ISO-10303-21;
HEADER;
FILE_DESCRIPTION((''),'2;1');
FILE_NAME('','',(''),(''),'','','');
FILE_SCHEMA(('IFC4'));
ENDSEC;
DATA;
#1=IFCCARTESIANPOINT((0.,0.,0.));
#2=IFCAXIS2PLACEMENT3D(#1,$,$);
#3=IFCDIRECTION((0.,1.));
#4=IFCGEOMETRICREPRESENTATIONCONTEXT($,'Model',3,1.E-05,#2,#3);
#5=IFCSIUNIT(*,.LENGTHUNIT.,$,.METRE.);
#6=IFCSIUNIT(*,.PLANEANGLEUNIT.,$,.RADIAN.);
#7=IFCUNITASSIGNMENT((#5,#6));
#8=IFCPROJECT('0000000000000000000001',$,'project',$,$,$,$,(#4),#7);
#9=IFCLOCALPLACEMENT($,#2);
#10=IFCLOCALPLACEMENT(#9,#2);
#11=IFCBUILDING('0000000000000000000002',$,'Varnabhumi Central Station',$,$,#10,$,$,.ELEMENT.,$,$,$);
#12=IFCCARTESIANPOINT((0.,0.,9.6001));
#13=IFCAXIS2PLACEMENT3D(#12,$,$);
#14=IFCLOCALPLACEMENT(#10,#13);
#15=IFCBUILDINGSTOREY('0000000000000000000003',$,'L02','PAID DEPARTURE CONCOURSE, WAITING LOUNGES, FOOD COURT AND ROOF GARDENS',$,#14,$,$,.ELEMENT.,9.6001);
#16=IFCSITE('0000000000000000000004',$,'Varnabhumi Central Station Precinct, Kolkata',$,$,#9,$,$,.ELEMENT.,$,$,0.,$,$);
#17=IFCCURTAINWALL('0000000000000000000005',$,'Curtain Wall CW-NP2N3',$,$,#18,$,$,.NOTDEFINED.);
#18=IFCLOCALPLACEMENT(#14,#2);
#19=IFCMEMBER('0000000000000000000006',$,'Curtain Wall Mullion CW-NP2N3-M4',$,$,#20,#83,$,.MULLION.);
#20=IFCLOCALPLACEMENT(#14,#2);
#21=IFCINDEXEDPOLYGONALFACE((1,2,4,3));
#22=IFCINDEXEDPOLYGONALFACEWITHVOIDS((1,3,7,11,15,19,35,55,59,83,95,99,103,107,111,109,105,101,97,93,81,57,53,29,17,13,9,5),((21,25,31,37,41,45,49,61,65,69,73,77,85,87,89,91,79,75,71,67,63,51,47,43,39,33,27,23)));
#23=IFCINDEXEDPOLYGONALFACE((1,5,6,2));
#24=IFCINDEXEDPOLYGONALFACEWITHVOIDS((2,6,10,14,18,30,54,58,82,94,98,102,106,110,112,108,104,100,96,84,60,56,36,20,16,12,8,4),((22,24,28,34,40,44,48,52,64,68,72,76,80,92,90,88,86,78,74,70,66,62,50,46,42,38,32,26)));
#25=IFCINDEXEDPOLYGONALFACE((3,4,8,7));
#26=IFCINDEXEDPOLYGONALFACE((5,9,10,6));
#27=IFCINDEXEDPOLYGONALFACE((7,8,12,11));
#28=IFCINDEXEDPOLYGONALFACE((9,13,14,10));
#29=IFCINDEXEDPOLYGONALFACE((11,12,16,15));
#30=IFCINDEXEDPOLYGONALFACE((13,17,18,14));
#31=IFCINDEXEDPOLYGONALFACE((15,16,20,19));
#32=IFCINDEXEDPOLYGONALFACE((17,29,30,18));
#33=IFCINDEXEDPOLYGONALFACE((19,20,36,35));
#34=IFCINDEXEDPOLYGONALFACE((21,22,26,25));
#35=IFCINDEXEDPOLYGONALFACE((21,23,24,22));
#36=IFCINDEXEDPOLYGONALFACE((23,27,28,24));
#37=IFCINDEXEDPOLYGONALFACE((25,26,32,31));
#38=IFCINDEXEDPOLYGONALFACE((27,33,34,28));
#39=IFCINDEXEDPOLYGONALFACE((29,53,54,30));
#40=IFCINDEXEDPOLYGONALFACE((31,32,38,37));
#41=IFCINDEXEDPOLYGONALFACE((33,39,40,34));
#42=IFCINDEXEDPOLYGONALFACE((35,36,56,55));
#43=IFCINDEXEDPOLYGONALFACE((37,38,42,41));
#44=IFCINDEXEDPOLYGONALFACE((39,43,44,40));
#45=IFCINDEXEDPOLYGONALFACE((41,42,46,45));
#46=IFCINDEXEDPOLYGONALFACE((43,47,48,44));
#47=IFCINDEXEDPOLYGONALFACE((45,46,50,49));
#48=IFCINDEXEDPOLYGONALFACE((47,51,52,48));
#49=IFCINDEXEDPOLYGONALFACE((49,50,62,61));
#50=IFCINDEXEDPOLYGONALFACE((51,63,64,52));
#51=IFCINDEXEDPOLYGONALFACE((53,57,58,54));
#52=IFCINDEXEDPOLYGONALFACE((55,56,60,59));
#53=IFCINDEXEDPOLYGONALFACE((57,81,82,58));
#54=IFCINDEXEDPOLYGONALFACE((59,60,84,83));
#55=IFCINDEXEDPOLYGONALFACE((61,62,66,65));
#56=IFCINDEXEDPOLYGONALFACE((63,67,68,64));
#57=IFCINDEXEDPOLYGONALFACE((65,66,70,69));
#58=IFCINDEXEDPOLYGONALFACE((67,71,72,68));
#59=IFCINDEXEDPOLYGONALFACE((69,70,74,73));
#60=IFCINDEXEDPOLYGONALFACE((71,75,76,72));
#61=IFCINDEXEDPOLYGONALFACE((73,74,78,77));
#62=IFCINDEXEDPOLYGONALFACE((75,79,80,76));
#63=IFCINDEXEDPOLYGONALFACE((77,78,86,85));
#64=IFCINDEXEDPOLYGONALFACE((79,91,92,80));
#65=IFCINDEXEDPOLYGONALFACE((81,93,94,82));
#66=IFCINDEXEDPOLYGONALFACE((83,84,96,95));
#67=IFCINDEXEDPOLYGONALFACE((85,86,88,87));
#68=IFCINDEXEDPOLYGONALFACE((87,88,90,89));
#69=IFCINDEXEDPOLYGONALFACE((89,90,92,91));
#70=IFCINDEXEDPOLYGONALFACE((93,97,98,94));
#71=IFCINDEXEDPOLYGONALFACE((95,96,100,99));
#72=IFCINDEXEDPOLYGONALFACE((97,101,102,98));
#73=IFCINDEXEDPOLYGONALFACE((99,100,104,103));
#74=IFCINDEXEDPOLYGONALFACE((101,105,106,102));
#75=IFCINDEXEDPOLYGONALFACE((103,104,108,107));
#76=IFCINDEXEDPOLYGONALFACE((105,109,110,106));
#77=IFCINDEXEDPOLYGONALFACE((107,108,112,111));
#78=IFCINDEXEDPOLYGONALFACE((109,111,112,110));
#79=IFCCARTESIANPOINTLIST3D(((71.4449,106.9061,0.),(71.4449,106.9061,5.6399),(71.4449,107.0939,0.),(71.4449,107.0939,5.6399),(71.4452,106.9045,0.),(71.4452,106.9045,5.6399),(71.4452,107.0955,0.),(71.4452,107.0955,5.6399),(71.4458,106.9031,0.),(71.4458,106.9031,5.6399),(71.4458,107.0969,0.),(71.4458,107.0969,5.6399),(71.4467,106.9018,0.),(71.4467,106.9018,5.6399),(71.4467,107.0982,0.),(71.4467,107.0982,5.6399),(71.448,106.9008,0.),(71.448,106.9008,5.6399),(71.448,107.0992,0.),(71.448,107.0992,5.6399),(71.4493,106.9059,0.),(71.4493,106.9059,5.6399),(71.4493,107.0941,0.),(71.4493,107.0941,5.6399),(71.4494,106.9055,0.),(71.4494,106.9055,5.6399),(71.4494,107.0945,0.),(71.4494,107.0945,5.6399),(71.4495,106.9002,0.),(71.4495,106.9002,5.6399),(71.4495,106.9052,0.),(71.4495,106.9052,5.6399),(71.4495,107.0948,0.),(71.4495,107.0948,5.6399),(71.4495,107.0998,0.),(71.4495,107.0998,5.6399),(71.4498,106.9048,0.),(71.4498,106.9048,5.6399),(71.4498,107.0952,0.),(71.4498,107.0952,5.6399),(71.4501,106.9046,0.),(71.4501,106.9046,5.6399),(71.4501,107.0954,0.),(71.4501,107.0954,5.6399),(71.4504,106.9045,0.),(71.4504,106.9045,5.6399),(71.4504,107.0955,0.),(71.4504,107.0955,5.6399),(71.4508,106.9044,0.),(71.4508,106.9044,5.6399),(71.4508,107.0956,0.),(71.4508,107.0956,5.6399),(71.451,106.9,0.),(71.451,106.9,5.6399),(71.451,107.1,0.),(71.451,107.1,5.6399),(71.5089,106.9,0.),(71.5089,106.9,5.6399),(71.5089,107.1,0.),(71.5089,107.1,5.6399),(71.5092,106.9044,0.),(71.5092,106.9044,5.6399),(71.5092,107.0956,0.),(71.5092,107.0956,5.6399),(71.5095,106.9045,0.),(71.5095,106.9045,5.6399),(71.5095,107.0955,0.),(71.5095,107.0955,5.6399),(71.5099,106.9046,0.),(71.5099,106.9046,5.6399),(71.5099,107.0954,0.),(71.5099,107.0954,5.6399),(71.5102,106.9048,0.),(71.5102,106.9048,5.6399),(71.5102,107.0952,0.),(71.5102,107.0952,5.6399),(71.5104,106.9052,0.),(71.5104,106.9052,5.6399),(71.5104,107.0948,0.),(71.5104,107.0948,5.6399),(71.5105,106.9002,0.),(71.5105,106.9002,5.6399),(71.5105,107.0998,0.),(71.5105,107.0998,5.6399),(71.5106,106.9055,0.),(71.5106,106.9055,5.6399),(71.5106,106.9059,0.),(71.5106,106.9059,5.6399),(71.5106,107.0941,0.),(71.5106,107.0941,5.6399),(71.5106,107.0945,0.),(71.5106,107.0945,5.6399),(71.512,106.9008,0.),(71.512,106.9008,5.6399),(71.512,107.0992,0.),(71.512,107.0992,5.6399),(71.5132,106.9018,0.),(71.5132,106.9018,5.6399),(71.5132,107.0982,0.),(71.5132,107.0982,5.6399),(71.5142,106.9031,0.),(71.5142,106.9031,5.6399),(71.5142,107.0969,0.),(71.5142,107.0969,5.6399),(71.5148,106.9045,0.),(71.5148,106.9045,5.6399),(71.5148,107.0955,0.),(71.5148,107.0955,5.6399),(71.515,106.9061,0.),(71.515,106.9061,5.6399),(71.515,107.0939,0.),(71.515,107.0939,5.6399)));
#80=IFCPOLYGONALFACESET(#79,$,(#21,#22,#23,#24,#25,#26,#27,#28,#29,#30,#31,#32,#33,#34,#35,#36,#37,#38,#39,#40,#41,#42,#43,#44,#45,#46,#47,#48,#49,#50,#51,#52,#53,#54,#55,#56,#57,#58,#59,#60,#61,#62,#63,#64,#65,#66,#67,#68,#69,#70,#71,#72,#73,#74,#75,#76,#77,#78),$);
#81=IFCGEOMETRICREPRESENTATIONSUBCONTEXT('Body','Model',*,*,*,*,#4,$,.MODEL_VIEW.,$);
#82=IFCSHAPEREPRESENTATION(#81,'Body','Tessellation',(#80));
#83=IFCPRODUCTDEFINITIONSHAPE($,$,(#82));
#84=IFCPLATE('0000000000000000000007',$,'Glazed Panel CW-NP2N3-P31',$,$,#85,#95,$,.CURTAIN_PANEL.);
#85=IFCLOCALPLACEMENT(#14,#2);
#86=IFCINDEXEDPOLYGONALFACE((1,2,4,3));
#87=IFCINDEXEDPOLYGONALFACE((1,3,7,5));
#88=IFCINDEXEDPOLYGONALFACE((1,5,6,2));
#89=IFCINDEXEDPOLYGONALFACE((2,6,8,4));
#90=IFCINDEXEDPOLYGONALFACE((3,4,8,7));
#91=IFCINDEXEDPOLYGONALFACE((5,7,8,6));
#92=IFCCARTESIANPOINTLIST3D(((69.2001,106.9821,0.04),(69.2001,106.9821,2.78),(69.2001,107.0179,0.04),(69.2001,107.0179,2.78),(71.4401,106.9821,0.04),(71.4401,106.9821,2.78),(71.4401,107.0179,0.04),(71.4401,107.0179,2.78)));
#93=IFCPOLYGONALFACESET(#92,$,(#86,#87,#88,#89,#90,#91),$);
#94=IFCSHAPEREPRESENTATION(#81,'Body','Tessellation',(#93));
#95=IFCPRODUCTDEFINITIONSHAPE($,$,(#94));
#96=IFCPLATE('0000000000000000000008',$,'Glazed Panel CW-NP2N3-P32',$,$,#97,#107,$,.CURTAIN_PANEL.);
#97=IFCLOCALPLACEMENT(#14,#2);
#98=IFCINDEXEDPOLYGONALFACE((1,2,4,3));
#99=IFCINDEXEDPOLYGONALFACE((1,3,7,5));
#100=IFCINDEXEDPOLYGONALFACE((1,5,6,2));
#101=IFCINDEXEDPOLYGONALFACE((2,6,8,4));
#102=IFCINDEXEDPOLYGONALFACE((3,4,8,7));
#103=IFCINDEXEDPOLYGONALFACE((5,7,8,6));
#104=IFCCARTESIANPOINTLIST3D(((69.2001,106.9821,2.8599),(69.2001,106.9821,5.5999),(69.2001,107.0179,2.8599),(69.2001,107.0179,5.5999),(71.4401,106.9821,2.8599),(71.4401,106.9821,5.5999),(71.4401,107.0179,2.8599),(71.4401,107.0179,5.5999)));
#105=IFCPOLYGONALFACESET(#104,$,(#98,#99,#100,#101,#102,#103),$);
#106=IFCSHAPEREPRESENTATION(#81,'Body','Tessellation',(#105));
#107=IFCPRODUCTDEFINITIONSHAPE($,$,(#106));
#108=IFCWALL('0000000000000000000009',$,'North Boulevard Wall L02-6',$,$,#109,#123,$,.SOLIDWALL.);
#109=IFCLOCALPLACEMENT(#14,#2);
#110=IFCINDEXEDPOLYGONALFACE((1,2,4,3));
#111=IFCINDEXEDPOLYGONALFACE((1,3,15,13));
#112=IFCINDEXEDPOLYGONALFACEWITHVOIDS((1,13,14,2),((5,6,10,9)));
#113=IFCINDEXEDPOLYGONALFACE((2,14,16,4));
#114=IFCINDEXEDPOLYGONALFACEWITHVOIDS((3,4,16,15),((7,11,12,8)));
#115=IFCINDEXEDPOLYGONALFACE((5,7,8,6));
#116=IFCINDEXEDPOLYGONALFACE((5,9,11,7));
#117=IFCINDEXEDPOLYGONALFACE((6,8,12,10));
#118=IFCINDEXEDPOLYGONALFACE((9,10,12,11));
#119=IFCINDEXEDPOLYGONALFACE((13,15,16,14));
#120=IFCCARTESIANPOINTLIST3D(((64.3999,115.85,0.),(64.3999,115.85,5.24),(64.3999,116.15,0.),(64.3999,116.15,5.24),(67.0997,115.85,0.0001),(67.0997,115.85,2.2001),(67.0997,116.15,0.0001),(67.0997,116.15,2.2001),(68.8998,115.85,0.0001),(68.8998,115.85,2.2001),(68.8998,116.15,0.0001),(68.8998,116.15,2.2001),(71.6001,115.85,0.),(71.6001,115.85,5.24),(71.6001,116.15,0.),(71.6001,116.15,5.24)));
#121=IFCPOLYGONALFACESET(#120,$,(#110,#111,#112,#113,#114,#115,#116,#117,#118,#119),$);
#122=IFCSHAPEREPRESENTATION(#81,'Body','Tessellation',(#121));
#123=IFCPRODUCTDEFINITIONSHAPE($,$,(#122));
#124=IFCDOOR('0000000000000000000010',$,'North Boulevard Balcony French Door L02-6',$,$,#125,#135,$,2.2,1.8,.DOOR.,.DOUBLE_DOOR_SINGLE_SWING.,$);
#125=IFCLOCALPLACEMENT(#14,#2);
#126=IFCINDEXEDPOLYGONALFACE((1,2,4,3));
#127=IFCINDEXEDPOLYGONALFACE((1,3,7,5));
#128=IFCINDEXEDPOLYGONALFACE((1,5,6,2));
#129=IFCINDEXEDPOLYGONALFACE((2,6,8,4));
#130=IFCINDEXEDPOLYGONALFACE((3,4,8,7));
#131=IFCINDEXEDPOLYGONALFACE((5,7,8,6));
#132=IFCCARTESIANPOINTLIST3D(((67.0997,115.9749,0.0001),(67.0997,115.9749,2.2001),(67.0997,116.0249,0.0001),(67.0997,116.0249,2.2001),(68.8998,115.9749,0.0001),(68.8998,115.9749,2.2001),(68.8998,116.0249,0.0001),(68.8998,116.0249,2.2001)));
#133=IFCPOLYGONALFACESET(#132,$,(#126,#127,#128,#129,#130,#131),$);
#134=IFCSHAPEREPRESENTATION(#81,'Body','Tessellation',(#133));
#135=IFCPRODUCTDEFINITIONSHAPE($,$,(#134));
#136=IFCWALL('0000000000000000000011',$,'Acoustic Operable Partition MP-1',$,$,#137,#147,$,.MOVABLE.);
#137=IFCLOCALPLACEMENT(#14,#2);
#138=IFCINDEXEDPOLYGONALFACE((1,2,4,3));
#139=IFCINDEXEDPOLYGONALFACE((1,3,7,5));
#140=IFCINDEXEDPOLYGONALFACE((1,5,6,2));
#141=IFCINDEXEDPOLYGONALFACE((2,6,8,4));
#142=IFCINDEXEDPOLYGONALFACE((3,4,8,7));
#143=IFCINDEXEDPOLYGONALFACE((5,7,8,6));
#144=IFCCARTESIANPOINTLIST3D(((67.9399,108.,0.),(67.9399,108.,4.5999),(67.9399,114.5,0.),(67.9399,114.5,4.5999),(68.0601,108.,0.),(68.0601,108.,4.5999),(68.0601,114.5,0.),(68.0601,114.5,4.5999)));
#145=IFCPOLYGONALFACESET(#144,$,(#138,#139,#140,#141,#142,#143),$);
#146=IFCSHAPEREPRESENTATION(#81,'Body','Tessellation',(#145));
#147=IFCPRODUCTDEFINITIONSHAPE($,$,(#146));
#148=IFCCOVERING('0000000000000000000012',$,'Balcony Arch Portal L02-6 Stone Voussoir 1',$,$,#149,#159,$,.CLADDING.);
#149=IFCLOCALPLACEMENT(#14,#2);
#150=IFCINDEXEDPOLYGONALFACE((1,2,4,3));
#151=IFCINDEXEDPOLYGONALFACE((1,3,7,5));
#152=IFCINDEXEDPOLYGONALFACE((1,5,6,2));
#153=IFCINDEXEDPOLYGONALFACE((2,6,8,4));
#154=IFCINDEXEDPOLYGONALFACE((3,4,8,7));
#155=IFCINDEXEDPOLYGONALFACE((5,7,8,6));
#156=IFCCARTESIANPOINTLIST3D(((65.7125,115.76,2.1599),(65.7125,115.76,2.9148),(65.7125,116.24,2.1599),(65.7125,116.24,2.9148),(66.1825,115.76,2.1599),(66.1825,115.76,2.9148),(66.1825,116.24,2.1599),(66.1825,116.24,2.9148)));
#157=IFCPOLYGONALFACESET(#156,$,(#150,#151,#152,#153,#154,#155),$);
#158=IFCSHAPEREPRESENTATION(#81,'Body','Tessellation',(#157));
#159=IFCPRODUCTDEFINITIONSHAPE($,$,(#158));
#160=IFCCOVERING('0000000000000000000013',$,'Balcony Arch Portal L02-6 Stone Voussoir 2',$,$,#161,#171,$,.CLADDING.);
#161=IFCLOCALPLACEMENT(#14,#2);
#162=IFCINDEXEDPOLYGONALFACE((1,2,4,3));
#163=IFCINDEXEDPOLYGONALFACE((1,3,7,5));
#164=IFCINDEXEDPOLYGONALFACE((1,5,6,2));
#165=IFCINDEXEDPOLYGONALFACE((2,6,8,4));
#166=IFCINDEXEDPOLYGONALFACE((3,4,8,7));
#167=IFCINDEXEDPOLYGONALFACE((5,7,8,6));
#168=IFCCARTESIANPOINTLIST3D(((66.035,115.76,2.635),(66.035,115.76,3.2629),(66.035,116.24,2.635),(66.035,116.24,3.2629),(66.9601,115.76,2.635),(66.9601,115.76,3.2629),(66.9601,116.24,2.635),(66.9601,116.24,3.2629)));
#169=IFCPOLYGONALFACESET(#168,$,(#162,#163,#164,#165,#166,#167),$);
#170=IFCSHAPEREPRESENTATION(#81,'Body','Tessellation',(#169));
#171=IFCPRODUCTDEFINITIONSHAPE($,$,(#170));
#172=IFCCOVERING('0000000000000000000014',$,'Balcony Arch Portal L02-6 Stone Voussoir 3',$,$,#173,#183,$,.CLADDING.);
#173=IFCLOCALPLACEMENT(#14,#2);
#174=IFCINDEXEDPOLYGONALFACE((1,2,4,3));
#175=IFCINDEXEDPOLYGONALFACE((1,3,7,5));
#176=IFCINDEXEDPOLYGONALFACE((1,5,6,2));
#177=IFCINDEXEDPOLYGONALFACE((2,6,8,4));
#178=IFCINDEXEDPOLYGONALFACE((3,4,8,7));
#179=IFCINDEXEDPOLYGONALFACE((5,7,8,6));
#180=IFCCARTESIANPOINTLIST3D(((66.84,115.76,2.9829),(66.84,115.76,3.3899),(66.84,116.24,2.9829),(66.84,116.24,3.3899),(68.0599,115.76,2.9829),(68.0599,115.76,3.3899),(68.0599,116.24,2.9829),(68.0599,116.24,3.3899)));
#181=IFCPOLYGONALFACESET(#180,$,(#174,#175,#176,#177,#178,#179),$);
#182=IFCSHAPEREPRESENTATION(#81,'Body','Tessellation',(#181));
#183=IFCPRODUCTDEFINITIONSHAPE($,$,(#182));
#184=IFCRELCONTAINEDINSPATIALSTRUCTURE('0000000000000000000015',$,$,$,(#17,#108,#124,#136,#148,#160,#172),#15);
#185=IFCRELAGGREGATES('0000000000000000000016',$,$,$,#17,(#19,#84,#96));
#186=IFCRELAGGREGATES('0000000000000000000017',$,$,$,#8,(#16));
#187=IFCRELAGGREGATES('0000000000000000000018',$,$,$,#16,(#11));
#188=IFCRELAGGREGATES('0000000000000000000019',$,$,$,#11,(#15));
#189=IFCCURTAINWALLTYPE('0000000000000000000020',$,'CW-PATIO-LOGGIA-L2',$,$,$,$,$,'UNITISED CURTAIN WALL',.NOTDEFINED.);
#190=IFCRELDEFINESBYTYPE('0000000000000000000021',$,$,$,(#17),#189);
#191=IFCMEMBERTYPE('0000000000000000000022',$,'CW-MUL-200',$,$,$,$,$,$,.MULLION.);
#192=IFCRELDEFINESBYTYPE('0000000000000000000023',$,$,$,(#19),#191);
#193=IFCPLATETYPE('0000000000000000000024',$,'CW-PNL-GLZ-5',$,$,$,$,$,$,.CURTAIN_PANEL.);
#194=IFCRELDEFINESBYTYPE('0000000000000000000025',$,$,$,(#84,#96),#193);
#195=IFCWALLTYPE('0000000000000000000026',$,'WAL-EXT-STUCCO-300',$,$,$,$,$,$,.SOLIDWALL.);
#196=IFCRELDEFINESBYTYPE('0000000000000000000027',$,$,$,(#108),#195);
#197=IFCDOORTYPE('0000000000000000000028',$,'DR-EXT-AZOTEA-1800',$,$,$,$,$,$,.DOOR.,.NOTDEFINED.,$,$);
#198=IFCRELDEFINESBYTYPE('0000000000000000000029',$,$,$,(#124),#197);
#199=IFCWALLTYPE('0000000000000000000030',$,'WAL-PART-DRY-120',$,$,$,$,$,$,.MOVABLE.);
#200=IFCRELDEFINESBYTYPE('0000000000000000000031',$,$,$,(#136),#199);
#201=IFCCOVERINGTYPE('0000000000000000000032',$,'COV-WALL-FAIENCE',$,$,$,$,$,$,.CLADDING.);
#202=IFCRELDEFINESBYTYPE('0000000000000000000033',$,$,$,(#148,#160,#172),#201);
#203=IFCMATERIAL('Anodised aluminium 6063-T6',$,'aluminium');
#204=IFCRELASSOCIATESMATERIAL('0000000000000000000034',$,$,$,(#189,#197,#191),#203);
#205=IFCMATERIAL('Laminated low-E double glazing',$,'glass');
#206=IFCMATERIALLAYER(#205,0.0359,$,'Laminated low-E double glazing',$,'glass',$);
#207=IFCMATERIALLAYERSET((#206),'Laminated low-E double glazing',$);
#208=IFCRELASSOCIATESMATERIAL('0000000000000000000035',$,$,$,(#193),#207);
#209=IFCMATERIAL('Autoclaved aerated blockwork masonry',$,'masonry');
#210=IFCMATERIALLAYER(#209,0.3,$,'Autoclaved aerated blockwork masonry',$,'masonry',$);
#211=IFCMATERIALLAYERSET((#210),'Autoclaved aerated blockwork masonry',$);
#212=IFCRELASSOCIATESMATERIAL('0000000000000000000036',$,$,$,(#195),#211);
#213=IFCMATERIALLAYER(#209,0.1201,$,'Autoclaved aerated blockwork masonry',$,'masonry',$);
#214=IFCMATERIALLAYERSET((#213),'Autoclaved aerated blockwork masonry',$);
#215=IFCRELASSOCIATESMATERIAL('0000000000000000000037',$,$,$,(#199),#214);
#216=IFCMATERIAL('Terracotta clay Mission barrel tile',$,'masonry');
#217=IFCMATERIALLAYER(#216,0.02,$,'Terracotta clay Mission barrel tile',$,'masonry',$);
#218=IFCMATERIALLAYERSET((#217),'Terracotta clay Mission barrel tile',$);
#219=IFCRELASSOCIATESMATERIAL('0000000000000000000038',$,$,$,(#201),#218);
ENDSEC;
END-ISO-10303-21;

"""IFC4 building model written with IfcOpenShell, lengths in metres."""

from ifc_helpers import new_model, si_unit, direction, frame, frame_2d, origin, origin_2d, place, context, subcontext, project, spatial, rectangle, hollow_rectangle, extrude, material, layer, layer_set, material_profile, profile_set, type_object, element, fill, aggregate, save


model = new_model("IFC4")

# Units and contexts
model_context = context("Model", 3, precision=1e-05, world=origin(), true_north=direction((0.0, 1.0)))
body_context = subcontext(model_context, "Body", "Model", "MODEL_VIEW")
ifc_project = project(units=[si_unit("LENGTHUNIT", "METRE"), si_unit("PLANEANGLEUNIT", "RADIAN")], contexts=[model_context])

# Site, building, storey
site_placement = place(None, origin())
site = spatial("IfcSite", under=ifc_project, at=site_placement, Name="Varnabhumi Central Station Precinct, Kolkata", CompositionType="ELEMENT", RefElevation=0.0)
building_placement = place(site_placement, origin())
building = spatial("IfcBuilding", under=site, at=building_placement, Name="Varnabhumi Central Station", CompositionType="ELEMENT")
storey_placement = place(building_placement, frame((0.0, 0.0, 9.6001)))
storey = spatial("IfcBuildingStorey", under=building, at=storey_placement, Name="L02", Description="PAID DEPARTURE CONCOURSE, WAITING LOUNGES, FOOD COURT AND ROOF GARDENS", CompositionType="ELEMENT", Elevation=9.6001)

# Curtain wall, member, plates
ifc_material_1 = material(Name="Anodised aluminium 6063-T6", Category="aluminium")
curtain_wall_type = type_object("IfcCurtainWallType", Name="CW-PATIO-LOGGIA-L2", ElementType="UNITISED CURTAIN WALL", PredefinedType="NOTDEFINED", material=ifc_material_1)
curtain_wall_placement = place(storey_placement, origin())
curtain_wall = element("IfcCurtainWall", 1, at=curtain_wall_placement, inside=storey, type_object=curtain_wall_type, Name="Curtain Wall CW-NP2N3", PredefinedType="NOTDEFINED")
ifc_material_profile_1 = material_profile(ifc_material_1, hollow_rectangle(XDim=0.0701, YDim=0.2, WallThickness=0.0044, InnerFilletRadius=0.0015, OuterFilletRadius=0.0061, at=origin_2d()), Name="Anodised aluminium 6063-T6", Category="aluminium")
ifc_profile_set_1 = profile_set([ifc_material_profile_1], Name="Anodised aluminium 6063-T6")
member_type = type_object("IfcMemberType", Name="CW-MUL-200", PredefinedType="MULLION", material=ifc_profile_set_1)
member_1_placement = place(storey_placement, frame((71.48, 107.0, 0.0), z_axis=(0.0, 0.0, 1.0), x_axis=(1.0, 0.0, 0.0)))
member_1 = element("IfcMember", 2, at=member_1_placement, type_object=member_type, Name="Curtain Wall Mullion CW-NP2N3-M4", PredefinedType="MULLION", context=body_context, shape_type="SweptSolid", body=[
    extrude(hollow_rectangle(XDim=0.0701, YDim=0.2, WallThickness=0.0044, InnerFilletRadius=0.0015, OuterFilletRadius=0.0061, at=origin_2d()), origin(), (0.0, 0.0, 1.0), 5.6399),
])
ifc_material_2 = material(Name="Laminated low-E double glazing", Category="glass")
ifc_layer_1 = layer(ifc_material_2, 0.0359, Name="Laminated low-E double glazing", Category="glass")
ifc_layer_set_1 = layer_set([ifc_layer_1], Name="Laminated low-E double glazing")
plate_type = type_object("IfcPlateType", Name="CW-PNL-GLZ-5", PredefinedType="CURTAIN_PANEL", material=ifc_layer_set_1)
plate_1_placement = place(storey_placement, frame((70.3201, 107.0, 0.04), z_axis=(0.0, 0.0, 1.0), x_axis=(1.0, 0.0, 0.0)))
plate_1 = element("IfcPlate", 3, at=plate_1_placement, type_object=plate_type, Name="Glazed Panel CW-NP2N3-P31", PredefinedType="CURTAIN_PANEL", context=body_context, shape_type="SweptSolid", body=[
    extrude(rectangle(XDim=2.24, YDim=0.0359, at=origin_2d()), origin(), (0.0, 0.0, 1.0), 2.74),
])
plate_2_placement = place(storey_placement, frame((70.3201, 107.0, 2.8599), z_axis=(0.0, 0.0, 1.0), x_axis=(1.0, 0.0, 0.0)))
plate_2 = element("IfcPlate", 4, at=plate_2_placement, type_object=plate_type, Name="Glazed Panel CW-NP2N3-P32", PredefinedType="CURTAIN_PANEL", context=body_context, shape_type="SweptSolid", body=[
    extrude(rectangle(XDim=2.24, YDim=0.0359, at=origin_2d()), origin(), (0.0, 0.0, 1.0), 2.74),
])
aggregate(curtain_wall, [member_1, plate_1, plate_2])

# Wall, opening, door
ifc_material_3 = material(Name="Autoclaved aerated blockwork masonry", Category="masonry")
ifc_layer_2 = layer(ifc_material_3, 0.3, Name="Autoclaved aerated blockwork masonry", Category="masonry")
ifc_layer_set_2 = layer_set([ifc_layer_2], Name="Autoclaved aerated blockwork masonry")
wall_type_1 = type_object("IfcWallType", Name="WAL-EXT-STUCCO-300", PredefinedType="SOLIDWALL", material=ifc_layer_set_2)
wall_1_placement = place(storey_placement, frame((64.3999, 116.0, 0.0), z_axis=(0.0, 0.0, 1.0), x_axis=(1.0, 0.0, 0.0)))
wall_1 = element("IfcWall", 5, at=wall_1_placement, inside=storey, type_object=wall_type_1, Name="North Boulevard Wall L02-6", PredefinedType="SOLIDWALL", context=body_context, shape_type="SweptSolid", body=[
    extrude(rectangle(XDim=7.2002, YDim=0.3, at=frame_2d((3.6001, 0.0))), origin(), (0.0, 0.0, 1.0), 5.24),
])
opening_placement = place(wall_1_placement, frame((2.7, 0.0, 0.0)))
opening = element("IfcOpeningElement", 6, at=opening_placement, cuts=wall_1, PredefinedType="OPENING", context=body_context, shape_type="SweptSolid", body=[
    extrude(rectangle(XDim=1.8, YDim=2.2, at=frame_2d((0.8999, 1.1001))), frame((0.0, 0.1599, 0.0), z_axis=(0.0, -1.0, 0.0), x_axis=(1.0, 0.0, 0.0)), (0.0, 0.0, 1.0), 0.3201),
])
door_type = type_object("IfcDoorType", Name="DR-EXT-AZOTEA-1800", OperationType="NOTDEFINED", PredefinedType="DOOR", material=ifc_material_1)
door_placement = place(opening_placement, origin())
door = element("IfcDoor", 7, at=door_placement, inside=storey, type_object=door_type, Name="North Boulevard Balcony French Door L02-6", OperationType="DOUBLE_DOOR_SINGLE_SWING", OverallHeight=2.2, OverallWidth=1.8, PredefinedType="DOOR", context=body_context, shape_type="SweptSolid", body=[
    extrude(rectangle(XDim=1.8, YDim=2.2, at=frame_2d((0.8999, 1.1001))), frame((0.0, 0.0249, 0.0), z_axis=(0.0, -1.0, 0.0), x_axis=(1.0, 0.0, 0.0)), (0.0, 0.0, 1.0), 0.05),
])
fill(opening, door)

# Wall
ifc_layer_3 = layer(ifc_material_3, 0.1201, Name="Autoclaved aerated blockwork masonry", Category="masonry")
ifc_layer_set_3 = layer_set([ifc_layer_3], Name="Autoclaved aerated blockwork masonry")
wall_type_2 = type_object("IfcWallType", Name="WAL-PART-DRY-120", PredefinedType="MOVABLE", material=ifc_layer_set_3)
wall_2_placement = place(storey_placement, frame((68.0, 108.0, 0.0), z_axis=(0.0, 0.0, 1.0), x_axis=(0.0, 1.0, 0.0)))
element("IfcWall", 8, at=wall_2_placement, inside=storey, type_object=wall_type_2, Name="Acoustic Operable Partition MP-1", PredefinedType="MOVABLE", context=body_context, shape_type="SweptSolid", body=[
    extrude(rectangle(XDim=6.5, YDim=0.1201, at=frame_2d((3.25, 0.0))), origin(), (0.0, 0.0, 1.0), 4.5999),
])

# Coverings
ifc_material_4 = material(Name="Terracotta clay Mission barrel tile", Category="masonry")
ifc_layer_4 = layer(ifc_material_4, 0.02, Name="Terracotta clay Mission barrel tile", Category="masonry")
ifc_layer_set_4 = layer_set([ifc_layer_4], Name="Terracotta clay Mission barrel tile")
covering_type = type_object("IfcCoveringType", Name="COV-WALL-FAIENCE", PredefinedType="CLADDING", material=ifc_layer_set_4)
covering_1_placement = place(storey_placement, frame((65.9475, 116.0, 2.1599), z_axis=(0.0, 0.0, 1.0), x_axis=(1.0, 0.0, 0.0)))
element("IfcCovering", 9, at=covering_1_placement, inside=storey, type_object=covering_type, Name="Balcony Arch Portal L02-6 Stone Voussoir 1", PredefinedType="CLADDING", context=body_context, shape_type="SweptSolid", body=[
    extrude(rectangle(XDim=0.47, YDim=0.48, at=origin_2d()), origin(), (0.0, 0.0, 1.0), 0.7549),
])
covering_2_placement = place(storey_placement, frame((66.4976, 116.0, 2.635), z_axis=(0.0, 0.0, 1.0), x_axis=(1.0, 0.0, 0.0)))
element("IfcCovering", 10, at=covering_2_placement, inside=storey, type_object=covering_type, Name="Balcony Arch Portal L02-6 Stone Voussoir 2", PredefinedType="CLADDING", context=body_context, shape_type="SweptSolid", body=[
    extrude(rectangle(XDim=0.925, YDim=0.48, at=origin_2d()), origin(), (0.0, 0.0, 1.0), 0.6279),
])
for number, where, z_axis, x_axis, name in (
    (11, (67.45, 116.0, 2.9829), (0.0, 0.0, 1.0), (1.0, 0.0, 0.0), "Balcony Arch Portal L02-6 Stone Voussoir 3"),
):
    element("IfcCovering", number, at=place(storey_placement, frame(where, z_axis=z_axis, x_axis=x_axis)), inside=storey, type_object=covering_type, Name=name, PredefinedType="CLADDING", context=body_context, shape_type="SweptSolid", body=[
        extrude(rectangle(XDim=1.22, YDim=0.48, at=origin_2d()), origin(), (0.0, 0.0, 1.0), 0.407),
    ])

save(model, "model.ifc")
